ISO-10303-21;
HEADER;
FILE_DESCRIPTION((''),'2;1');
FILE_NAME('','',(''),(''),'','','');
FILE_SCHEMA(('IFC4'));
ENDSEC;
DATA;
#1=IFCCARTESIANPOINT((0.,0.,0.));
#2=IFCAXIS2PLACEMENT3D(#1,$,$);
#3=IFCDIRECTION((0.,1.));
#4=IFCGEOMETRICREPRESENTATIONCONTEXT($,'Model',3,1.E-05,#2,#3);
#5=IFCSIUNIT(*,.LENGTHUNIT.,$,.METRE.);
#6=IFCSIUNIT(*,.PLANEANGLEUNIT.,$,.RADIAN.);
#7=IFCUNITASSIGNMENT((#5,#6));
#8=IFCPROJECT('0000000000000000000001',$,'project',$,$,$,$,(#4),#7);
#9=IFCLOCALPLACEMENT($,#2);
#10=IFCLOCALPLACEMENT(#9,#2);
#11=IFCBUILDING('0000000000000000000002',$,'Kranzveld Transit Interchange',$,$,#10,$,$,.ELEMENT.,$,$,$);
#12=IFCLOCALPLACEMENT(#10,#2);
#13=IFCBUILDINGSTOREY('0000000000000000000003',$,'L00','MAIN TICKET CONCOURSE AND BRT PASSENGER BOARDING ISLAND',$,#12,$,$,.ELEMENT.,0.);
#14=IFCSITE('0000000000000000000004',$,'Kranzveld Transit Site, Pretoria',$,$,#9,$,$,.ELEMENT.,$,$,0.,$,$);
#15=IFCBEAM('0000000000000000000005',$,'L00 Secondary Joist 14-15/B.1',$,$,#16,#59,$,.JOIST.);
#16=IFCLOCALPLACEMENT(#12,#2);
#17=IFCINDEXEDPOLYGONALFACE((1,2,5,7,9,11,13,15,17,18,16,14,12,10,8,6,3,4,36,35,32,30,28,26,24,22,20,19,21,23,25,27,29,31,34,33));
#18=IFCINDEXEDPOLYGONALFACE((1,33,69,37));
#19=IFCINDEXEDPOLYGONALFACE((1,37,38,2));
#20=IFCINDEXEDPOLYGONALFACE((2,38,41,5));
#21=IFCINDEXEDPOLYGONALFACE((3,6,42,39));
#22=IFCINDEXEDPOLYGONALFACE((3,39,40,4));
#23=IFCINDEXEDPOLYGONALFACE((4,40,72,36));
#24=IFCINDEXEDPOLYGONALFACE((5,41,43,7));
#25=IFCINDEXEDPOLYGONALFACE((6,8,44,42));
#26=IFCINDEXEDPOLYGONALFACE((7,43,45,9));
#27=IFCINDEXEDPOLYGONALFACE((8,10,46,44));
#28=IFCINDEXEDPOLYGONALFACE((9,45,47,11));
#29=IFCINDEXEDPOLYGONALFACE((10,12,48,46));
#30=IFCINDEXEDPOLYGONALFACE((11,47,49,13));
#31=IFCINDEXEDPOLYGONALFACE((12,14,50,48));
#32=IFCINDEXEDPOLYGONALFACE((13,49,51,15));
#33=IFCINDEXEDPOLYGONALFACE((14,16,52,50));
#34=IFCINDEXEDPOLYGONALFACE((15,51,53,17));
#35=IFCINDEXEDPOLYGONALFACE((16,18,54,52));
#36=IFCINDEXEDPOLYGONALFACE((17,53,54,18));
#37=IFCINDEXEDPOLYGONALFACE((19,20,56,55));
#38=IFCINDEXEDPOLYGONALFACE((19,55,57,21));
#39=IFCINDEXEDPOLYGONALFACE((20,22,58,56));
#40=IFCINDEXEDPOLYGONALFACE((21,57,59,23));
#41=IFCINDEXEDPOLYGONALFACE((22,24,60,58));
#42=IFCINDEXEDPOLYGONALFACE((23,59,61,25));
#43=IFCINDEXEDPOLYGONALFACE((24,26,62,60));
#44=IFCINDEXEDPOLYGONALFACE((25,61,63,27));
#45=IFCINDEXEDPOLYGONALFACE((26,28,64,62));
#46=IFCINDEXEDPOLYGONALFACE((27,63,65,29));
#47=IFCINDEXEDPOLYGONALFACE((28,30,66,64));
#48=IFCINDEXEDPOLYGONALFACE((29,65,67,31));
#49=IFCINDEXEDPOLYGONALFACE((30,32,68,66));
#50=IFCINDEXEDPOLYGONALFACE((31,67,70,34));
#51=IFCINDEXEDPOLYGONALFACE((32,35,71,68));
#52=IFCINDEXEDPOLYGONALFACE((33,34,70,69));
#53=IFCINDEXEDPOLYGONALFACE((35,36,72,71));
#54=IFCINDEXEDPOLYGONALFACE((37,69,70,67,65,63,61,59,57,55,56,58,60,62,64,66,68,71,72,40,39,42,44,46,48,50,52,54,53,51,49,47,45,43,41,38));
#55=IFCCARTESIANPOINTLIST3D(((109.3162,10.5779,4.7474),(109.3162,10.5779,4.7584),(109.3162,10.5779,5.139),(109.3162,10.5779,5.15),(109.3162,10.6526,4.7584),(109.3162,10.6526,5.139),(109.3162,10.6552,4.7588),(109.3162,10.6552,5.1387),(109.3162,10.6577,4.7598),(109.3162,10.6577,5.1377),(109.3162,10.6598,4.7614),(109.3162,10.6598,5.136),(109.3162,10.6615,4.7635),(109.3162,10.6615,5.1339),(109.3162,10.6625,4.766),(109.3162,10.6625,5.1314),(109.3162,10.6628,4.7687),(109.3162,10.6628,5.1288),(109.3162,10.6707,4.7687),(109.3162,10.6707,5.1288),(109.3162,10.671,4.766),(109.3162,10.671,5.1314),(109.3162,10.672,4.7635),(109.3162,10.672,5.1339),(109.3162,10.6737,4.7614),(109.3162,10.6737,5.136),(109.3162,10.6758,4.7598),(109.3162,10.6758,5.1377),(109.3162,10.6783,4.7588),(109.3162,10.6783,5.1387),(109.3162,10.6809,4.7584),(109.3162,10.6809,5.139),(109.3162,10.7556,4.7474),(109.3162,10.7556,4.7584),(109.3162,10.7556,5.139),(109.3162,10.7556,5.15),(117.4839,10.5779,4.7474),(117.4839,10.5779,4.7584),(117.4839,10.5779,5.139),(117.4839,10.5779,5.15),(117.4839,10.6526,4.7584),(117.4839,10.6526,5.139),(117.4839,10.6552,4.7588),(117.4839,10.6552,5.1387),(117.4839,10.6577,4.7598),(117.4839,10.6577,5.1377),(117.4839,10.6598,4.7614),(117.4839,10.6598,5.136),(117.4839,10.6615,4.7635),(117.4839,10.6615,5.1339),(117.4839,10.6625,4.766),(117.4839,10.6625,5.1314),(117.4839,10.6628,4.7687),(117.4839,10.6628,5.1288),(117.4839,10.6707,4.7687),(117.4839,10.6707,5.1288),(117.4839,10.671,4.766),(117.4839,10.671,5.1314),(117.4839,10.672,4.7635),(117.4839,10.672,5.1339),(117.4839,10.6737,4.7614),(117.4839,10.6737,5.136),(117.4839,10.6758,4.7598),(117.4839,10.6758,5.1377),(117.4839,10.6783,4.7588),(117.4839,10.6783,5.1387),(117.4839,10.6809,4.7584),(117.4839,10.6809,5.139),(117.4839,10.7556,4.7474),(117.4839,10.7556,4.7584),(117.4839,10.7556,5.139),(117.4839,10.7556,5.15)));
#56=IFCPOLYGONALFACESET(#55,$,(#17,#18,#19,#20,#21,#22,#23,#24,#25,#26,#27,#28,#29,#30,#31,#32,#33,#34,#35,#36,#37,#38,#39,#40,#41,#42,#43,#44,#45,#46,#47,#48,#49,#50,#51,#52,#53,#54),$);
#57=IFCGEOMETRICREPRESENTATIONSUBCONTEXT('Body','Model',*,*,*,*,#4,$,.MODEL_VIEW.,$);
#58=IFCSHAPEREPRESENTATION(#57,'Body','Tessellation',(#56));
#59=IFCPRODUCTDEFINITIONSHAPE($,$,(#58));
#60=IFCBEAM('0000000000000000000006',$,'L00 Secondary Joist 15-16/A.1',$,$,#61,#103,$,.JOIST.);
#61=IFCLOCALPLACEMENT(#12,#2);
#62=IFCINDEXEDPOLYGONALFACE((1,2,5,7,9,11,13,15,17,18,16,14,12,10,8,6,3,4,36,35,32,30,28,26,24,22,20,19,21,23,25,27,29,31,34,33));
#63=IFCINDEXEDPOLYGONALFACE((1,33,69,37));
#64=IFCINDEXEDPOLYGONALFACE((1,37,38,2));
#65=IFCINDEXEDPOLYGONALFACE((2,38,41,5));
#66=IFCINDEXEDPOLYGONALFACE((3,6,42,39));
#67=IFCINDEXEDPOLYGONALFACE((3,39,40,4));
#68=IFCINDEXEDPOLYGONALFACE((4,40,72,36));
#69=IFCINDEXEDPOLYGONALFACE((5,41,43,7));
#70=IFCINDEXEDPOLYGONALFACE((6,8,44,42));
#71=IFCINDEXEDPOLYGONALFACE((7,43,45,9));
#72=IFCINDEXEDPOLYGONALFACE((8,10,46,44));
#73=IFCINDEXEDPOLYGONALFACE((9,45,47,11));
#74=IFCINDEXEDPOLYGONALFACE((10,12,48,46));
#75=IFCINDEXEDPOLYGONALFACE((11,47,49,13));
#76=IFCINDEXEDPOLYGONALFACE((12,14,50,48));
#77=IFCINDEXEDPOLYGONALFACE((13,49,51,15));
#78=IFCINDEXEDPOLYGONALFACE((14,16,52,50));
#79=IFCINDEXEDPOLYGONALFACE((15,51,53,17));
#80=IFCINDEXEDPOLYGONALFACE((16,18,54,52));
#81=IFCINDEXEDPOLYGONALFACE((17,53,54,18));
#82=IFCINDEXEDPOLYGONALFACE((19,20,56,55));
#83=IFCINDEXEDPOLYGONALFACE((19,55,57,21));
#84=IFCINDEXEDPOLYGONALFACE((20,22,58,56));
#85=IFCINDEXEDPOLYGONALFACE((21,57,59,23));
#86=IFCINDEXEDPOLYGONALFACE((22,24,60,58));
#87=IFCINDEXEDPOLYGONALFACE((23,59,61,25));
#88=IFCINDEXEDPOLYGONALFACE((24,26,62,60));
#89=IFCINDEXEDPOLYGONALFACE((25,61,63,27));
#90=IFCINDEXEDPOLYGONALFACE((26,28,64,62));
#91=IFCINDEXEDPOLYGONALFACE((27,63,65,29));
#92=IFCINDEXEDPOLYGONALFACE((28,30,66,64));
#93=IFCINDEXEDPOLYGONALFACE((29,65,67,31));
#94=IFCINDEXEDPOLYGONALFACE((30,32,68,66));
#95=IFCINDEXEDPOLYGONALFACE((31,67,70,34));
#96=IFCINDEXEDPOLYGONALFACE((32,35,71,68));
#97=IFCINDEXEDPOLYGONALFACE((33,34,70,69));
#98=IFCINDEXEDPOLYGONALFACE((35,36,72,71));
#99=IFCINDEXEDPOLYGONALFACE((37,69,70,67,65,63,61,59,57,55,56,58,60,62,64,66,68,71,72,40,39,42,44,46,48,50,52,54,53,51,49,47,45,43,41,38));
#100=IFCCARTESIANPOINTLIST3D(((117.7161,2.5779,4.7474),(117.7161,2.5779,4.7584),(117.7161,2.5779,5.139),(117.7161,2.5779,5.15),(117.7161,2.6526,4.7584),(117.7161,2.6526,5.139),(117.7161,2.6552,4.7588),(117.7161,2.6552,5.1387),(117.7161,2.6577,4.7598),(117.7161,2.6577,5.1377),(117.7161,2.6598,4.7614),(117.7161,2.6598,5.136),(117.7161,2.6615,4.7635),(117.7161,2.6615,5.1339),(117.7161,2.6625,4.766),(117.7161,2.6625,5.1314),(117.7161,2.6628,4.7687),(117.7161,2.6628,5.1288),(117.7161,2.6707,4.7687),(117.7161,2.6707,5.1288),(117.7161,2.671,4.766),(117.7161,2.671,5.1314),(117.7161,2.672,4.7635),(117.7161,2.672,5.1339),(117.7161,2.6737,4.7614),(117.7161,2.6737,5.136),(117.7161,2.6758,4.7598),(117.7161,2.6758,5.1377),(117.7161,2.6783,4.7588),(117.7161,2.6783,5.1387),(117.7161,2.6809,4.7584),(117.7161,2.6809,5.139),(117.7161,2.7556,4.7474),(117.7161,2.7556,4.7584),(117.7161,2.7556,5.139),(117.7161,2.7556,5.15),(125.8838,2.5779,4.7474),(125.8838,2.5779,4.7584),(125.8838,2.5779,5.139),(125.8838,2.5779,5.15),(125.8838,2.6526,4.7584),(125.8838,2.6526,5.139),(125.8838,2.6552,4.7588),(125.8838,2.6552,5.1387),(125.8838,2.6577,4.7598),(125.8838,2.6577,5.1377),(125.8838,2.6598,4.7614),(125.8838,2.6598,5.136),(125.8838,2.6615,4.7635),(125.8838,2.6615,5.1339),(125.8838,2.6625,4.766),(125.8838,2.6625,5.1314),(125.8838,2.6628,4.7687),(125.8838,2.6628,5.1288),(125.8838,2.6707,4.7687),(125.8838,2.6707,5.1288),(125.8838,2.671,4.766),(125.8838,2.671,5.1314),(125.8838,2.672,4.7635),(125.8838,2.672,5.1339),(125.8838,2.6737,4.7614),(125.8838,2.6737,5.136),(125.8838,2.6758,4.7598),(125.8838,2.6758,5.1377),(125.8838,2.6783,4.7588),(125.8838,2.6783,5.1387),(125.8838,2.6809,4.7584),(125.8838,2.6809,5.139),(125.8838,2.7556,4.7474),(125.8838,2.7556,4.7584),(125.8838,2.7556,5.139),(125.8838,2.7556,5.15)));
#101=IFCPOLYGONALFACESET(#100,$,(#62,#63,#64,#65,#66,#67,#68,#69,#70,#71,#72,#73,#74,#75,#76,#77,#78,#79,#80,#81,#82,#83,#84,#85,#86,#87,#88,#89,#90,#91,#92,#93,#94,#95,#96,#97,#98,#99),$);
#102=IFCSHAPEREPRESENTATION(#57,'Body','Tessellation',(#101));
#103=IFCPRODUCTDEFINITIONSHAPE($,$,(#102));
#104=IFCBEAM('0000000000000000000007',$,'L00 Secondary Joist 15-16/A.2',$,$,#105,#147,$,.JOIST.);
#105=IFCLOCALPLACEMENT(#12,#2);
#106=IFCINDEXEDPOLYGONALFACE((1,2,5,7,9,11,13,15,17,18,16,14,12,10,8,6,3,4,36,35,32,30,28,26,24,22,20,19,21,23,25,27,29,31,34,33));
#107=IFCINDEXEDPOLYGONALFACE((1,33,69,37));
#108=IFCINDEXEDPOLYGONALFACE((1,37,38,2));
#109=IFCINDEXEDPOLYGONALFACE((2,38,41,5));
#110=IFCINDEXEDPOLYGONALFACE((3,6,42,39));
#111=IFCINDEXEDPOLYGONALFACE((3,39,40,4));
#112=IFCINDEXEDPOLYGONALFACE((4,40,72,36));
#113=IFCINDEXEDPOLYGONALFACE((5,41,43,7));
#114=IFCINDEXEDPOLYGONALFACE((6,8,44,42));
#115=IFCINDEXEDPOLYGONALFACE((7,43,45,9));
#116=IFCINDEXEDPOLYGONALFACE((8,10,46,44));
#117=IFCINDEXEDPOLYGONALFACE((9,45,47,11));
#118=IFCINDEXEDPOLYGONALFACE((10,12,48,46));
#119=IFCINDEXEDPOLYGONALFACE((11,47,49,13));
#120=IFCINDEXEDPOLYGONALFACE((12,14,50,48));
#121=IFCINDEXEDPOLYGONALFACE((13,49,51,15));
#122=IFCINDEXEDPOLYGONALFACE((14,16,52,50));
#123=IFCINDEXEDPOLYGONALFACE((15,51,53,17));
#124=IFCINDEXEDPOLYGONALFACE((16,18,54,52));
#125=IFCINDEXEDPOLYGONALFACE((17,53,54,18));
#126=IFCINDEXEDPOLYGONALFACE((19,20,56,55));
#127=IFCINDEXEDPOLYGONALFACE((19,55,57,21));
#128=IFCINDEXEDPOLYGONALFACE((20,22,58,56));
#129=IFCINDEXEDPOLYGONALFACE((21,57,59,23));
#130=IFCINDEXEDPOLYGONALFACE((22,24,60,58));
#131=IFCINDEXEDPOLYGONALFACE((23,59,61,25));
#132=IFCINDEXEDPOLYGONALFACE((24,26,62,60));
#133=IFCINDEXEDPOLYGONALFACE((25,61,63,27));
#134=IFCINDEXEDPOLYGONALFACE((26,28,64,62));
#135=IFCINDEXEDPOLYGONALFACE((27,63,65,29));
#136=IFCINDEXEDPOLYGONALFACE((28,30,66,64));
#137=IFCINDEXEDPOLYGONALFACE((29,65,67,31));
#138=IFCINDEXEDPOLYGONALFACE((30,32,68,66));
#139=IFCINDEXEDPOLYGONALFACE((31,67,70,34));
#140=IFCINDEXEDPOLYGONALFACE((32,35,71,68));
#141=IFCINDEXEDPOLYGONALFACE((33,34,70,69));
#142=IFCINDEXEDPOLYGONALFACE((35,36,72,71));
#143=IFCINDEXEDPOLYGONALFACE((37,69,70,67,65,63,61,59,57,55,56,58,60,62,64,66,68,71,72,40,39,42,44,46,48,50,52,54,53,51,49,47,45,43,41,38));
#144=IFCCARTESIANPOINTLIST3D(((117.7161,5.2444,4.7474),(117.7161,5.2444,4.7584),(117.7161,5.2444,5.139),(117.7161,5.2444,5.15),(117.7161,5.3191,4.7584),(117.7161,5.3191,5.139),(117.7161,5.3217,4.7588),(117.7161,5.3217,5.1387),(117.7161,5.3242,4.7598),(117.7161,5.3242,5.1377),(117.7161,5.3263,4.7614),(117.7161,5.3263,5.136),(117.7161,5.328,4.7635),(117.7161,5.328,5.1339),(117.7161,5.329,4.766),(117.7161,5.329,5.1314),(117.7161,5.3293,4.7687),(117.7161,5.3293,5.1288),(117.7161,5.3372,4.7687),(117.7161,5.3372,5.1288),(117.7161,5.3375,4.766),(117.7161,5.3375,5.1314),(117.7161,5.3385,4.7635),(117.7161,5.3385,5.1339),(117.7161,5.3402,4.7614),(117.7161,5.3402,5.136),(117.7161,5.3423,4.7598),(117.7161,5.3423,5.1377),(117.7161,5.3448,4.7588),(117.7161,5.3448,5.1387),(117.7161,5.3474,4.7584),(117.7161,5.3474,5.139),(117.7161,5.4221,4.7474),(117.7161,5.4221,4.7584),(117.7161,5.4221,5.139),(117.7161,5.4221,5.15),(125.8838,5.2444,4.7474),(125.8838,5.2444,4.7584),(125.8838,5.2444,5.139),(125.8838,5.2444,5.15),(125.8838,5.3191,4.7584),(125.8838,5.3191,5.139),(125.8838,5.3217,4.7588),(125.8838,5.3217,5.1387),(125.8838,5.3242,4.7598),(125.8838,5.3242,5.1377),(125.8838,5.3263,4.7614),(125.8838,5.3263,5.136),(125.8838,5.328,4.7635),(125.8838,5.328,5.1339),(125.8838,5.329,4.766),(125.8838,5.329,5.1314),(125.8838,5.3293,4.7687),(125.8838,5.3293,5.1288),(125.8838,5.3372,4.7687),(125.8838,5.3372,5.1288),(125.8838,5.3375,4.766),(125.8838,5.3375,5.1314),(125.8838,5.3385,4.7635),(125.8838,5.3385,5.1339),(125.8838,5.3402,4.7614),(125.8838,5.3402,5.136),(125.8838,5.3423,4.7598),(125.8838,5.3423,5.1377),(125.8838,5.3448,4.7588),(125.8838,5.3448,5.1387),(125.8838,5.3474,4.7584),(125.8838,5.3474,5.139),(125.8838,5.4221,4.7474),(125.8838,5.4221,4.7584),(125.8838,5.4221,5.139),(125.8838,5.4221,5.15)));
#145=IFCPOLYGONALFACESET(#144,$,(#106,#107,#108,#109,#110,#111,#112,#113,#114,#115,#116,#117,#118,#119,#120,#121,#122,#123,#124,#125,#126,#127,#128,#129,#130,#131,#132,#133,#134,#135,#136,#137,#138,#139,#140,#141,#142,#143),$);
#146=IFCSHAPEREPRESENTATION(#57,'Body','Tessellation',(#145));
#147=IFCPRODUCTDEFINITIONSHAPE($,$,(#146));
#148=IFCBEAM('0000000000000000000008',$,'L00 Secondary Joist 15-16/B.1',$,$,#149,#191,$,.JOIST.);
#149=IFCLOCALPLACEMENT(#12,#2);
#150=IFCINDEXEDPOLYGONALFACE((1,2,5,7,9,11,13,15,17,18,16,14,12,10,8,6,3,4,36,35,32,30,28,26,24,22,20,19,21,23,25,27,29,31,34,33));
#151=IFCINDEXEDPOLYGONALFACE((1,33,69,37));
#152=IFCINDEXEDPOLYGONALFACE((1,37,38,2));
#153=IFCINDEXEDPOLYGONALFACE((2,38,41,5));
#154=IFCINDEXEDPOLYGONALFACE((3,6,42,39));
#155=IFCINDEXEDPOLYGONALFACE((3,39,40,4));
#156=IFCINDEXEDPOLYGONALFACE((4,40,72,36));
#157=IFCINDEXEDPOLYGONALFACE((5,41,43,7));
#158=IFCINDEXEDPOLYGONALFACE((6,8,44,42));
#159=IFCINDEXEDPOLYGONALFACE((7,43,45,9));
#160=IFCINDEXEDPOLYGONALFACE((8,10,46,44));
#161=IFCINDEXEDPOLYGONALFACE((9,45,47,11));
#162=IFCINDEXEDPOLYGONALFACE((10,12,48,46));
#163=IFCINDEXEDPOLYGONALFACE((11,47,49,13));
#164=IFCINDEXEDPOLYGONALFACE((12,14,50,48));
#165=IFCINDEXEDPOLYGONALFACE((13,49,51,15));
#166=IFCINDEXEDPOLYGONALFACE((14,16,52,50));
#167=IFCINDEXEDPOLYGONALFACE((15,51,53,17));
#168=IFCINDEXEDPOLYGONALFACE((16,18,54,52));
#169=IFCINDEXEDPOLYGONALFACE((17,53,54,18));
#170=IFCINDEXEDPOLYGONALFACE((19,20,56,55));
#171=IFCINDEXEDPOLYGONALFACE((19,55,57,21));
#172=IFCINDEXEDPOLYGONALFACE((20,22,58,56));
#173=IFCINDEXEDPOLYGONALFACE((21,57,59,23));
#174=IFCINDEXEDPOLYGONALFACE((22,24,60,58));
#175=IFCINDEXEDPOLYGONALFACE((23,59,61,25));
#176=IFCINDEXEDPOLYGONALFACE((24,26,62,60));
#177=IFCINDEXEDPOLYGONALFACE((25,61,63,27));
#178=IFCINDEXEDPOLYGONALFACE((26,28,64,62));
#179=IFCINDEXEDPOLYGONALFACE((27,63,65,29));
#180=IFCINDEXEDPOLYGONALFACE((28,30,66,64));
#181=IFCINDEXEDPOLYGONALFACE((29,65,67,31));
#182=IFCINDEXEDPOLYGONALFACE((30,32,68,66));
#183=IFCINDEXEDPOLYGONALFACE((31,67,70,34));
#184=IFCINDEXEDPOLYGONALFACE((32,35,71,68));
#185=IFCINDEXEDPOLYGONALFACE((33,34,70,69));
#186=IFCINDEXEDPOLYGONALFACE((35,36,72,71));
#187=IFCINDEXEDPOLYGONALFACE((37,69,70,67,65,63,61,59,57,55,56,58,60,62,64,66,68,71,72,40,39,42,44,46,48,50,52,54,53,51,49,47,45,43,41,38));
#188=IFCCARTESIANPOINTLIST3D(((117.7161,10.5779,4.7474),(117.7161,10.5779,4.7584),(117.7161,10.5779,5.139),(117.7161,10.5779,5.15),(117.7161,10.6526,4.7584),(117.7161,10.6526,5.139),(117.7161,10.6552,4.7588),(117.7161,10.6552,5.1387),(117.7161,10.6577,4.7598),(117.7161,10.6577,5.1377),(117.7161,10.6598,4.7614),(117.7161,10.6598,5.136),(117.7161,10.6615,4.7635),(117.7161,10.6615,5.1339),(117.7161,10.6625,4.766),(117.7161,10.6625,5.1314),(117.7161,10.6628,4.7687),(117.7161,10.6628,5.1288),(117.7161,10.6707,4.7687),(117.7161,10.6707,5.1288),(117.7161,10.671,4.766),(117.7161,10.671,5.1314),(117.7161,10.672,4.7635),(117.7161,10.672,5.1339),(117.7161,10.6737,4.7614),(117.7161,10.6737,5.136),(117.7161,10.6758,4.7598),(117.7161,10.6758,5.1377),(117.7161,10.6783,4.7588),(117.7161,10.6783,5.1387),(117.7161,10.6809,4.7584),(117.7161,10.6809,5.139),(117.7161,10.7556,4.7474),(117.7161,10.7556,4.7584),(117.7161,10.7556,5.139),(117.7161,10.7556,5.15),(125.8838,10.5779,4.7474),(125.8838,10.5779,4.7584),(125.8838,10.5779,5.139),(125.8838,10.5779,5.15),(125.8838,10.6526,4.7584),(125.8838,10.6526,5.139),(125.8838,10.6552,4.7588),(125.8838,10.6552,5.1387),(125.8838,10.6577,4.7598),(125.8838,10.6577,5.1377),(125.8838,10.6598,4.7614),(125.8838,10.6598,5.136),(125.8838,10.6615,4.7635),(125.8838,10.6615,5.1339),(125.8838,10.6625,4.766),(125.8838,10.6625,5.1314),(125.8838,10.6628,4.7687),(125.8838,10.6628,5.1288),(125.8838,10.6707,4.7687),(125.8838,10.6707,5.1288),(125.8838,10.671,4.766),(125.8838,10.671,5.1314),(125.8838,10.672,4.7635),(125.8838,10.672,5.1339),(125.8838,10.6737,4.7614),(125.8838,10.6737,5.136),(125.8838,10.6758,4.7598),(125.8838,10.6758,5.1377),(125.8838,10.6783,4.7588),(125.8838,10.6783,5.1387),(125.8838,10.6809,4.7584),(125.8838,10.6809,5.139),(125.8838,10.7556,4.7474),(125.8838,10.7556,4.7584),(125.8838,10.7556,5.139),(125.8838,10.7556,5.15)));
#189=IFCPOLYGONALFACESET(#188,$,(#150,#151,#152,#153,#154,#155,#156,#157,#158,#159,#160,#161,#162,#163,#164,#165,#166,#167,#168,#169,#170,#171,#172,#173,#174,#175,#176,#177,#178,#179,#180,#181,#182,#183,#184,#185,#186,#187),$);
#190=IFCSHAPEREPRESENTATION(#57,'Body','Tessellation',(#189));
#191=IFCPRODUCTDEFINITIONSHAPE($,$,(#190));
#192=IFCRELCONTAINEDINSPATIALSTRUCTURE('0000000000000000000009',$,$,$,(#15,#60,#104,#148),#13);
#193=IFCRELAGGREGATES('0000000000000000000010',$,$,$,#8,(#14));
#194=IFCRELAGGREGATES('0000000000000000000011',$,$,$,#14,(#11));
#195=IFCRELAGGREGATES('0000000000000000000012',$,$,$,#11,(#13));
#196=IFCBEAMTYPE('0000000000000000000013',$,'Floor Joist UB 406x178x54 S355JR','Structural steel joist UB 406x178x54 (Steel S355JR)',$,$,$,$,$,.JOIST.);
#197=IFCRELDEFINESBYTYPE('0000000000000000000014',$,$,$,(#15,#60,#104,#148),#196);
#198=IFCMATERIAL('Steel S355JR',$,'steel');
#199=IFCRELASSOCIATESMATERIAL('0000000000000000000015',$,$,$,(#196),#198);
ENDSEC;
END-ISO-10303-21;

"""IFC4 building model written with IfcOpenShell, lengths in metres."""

from ifc_helpers import new_model, si_unit, direction, frame, origin, origin_2d, place, context, subcontext, project, spatial, i_section, extrude, material, material_profile, profile_set, type_object, element, save


model = new_model("IFC4")

# Units and contexts
model_context = context("Model", 3, precision=1e-05, world=origin(), true_north=direction((0.0, 1.0)))
body_context = subcontext(model_context, "Body", "Model", "MODEL_VIEW")
ifc_project = project(units=[si_unit("LENGTHUNIT", "METRE"), si_unit("PLANEANGLEUNIT", "RADIAN")], contexts=[model_context])

# Site, building, storey
site_placement = place(None, origin())
site = spatial("IfcSite", under=ifc_project, at=site_placement, Name="Kranzveld Transit Site, Pretoria", CompositionType="ELEMENT", RefElevation=0.0)
building_placement = place(site_placement, origin())
building = spatial("IfcBuilding", under=site, at=building_placement, Name="Kranzveld Transit Interchange", CompositionType="ELEMENT")
storey_placement = place(building_placement, origin())
storey = spatial("IfcBuildingStorey", under=building, at=storey_placement, Name="L00", Description="MAIN TICKET CONCOURSE AND BRT PASSENGER BOARDING ISLAND", CompositionType="ELEMENT", Elevation=0.0)

# Beams
ifc_material_1 = material(Name="Steel S355JR", Category="steel")
ifc_material_profile_1 = material_profile(ifc_material_1, i_section(OverallWidth=0.1777, OverallDepth=0.4026, WebThickness=0.0078, FlangeThickness=0.011, FilletRadius=0.0103, at=origin_2d()), Name="UB 406x178x54")
ifc_profile_set_1 = profile_set([ifc_material_profile_1], Name="Steel S355JR")
beam_type_1 = type_object("IfcBeamType", Name="Floor Joist UB 406x178x54 S355JR", Description="Structural steel joist UB 406x178x54 (Steel S355JR)", PredefinedType="JOIST", material=ifc_profile_set_1)
for number, where, z_axis, x_axis, name in (
    (1, (109.3162, 10.6667, 4.9487), (1.0, 0.0, 0.0), (0.0, 1.0, 0.0), "L00 Secondary Joist 14-15/B.1"),
    (2, (117.7161, 2.6667, 4.9487), (1.0, 0.0, 0.0), (0.0, 1.0, 0.0), "L00 Secondary Joist 15-16/A.1"),
    (3, (117.7161, 5.3333, 4.9487), (1.0, 0.0, 0.0), (0.0, 1.0, 0.0), "L00 Secondary Joist 15-16/A.2"),
    (4, (117.7161, 10.6667, 4.9487), (1.0, 0.0, 0.0), (0.0, 1.0, 0.0), "L00 Secondary Joist 15-16/B.1"),
):
    element("IfcBeam", number, at=place(storey_placement, frame(where, z_axis=z_axis, x_axis=x_axis)), inside=storey, type_object=beam_type_1, Name=name, PredefinedType="JOIST", context=body_context, shape_type="SweptSolid", body=[
        extrude(i_section(OverallWidth=0.1777, OverallDepth=0.4026, WebThickness=0.0078, FlangeThickness=0.011, FilletRadius=0.0103, at=origin_2d()), origin(), (0.0, 0.0, 1.0), 8.1677),
    ])

save(model, "model.ifc")
